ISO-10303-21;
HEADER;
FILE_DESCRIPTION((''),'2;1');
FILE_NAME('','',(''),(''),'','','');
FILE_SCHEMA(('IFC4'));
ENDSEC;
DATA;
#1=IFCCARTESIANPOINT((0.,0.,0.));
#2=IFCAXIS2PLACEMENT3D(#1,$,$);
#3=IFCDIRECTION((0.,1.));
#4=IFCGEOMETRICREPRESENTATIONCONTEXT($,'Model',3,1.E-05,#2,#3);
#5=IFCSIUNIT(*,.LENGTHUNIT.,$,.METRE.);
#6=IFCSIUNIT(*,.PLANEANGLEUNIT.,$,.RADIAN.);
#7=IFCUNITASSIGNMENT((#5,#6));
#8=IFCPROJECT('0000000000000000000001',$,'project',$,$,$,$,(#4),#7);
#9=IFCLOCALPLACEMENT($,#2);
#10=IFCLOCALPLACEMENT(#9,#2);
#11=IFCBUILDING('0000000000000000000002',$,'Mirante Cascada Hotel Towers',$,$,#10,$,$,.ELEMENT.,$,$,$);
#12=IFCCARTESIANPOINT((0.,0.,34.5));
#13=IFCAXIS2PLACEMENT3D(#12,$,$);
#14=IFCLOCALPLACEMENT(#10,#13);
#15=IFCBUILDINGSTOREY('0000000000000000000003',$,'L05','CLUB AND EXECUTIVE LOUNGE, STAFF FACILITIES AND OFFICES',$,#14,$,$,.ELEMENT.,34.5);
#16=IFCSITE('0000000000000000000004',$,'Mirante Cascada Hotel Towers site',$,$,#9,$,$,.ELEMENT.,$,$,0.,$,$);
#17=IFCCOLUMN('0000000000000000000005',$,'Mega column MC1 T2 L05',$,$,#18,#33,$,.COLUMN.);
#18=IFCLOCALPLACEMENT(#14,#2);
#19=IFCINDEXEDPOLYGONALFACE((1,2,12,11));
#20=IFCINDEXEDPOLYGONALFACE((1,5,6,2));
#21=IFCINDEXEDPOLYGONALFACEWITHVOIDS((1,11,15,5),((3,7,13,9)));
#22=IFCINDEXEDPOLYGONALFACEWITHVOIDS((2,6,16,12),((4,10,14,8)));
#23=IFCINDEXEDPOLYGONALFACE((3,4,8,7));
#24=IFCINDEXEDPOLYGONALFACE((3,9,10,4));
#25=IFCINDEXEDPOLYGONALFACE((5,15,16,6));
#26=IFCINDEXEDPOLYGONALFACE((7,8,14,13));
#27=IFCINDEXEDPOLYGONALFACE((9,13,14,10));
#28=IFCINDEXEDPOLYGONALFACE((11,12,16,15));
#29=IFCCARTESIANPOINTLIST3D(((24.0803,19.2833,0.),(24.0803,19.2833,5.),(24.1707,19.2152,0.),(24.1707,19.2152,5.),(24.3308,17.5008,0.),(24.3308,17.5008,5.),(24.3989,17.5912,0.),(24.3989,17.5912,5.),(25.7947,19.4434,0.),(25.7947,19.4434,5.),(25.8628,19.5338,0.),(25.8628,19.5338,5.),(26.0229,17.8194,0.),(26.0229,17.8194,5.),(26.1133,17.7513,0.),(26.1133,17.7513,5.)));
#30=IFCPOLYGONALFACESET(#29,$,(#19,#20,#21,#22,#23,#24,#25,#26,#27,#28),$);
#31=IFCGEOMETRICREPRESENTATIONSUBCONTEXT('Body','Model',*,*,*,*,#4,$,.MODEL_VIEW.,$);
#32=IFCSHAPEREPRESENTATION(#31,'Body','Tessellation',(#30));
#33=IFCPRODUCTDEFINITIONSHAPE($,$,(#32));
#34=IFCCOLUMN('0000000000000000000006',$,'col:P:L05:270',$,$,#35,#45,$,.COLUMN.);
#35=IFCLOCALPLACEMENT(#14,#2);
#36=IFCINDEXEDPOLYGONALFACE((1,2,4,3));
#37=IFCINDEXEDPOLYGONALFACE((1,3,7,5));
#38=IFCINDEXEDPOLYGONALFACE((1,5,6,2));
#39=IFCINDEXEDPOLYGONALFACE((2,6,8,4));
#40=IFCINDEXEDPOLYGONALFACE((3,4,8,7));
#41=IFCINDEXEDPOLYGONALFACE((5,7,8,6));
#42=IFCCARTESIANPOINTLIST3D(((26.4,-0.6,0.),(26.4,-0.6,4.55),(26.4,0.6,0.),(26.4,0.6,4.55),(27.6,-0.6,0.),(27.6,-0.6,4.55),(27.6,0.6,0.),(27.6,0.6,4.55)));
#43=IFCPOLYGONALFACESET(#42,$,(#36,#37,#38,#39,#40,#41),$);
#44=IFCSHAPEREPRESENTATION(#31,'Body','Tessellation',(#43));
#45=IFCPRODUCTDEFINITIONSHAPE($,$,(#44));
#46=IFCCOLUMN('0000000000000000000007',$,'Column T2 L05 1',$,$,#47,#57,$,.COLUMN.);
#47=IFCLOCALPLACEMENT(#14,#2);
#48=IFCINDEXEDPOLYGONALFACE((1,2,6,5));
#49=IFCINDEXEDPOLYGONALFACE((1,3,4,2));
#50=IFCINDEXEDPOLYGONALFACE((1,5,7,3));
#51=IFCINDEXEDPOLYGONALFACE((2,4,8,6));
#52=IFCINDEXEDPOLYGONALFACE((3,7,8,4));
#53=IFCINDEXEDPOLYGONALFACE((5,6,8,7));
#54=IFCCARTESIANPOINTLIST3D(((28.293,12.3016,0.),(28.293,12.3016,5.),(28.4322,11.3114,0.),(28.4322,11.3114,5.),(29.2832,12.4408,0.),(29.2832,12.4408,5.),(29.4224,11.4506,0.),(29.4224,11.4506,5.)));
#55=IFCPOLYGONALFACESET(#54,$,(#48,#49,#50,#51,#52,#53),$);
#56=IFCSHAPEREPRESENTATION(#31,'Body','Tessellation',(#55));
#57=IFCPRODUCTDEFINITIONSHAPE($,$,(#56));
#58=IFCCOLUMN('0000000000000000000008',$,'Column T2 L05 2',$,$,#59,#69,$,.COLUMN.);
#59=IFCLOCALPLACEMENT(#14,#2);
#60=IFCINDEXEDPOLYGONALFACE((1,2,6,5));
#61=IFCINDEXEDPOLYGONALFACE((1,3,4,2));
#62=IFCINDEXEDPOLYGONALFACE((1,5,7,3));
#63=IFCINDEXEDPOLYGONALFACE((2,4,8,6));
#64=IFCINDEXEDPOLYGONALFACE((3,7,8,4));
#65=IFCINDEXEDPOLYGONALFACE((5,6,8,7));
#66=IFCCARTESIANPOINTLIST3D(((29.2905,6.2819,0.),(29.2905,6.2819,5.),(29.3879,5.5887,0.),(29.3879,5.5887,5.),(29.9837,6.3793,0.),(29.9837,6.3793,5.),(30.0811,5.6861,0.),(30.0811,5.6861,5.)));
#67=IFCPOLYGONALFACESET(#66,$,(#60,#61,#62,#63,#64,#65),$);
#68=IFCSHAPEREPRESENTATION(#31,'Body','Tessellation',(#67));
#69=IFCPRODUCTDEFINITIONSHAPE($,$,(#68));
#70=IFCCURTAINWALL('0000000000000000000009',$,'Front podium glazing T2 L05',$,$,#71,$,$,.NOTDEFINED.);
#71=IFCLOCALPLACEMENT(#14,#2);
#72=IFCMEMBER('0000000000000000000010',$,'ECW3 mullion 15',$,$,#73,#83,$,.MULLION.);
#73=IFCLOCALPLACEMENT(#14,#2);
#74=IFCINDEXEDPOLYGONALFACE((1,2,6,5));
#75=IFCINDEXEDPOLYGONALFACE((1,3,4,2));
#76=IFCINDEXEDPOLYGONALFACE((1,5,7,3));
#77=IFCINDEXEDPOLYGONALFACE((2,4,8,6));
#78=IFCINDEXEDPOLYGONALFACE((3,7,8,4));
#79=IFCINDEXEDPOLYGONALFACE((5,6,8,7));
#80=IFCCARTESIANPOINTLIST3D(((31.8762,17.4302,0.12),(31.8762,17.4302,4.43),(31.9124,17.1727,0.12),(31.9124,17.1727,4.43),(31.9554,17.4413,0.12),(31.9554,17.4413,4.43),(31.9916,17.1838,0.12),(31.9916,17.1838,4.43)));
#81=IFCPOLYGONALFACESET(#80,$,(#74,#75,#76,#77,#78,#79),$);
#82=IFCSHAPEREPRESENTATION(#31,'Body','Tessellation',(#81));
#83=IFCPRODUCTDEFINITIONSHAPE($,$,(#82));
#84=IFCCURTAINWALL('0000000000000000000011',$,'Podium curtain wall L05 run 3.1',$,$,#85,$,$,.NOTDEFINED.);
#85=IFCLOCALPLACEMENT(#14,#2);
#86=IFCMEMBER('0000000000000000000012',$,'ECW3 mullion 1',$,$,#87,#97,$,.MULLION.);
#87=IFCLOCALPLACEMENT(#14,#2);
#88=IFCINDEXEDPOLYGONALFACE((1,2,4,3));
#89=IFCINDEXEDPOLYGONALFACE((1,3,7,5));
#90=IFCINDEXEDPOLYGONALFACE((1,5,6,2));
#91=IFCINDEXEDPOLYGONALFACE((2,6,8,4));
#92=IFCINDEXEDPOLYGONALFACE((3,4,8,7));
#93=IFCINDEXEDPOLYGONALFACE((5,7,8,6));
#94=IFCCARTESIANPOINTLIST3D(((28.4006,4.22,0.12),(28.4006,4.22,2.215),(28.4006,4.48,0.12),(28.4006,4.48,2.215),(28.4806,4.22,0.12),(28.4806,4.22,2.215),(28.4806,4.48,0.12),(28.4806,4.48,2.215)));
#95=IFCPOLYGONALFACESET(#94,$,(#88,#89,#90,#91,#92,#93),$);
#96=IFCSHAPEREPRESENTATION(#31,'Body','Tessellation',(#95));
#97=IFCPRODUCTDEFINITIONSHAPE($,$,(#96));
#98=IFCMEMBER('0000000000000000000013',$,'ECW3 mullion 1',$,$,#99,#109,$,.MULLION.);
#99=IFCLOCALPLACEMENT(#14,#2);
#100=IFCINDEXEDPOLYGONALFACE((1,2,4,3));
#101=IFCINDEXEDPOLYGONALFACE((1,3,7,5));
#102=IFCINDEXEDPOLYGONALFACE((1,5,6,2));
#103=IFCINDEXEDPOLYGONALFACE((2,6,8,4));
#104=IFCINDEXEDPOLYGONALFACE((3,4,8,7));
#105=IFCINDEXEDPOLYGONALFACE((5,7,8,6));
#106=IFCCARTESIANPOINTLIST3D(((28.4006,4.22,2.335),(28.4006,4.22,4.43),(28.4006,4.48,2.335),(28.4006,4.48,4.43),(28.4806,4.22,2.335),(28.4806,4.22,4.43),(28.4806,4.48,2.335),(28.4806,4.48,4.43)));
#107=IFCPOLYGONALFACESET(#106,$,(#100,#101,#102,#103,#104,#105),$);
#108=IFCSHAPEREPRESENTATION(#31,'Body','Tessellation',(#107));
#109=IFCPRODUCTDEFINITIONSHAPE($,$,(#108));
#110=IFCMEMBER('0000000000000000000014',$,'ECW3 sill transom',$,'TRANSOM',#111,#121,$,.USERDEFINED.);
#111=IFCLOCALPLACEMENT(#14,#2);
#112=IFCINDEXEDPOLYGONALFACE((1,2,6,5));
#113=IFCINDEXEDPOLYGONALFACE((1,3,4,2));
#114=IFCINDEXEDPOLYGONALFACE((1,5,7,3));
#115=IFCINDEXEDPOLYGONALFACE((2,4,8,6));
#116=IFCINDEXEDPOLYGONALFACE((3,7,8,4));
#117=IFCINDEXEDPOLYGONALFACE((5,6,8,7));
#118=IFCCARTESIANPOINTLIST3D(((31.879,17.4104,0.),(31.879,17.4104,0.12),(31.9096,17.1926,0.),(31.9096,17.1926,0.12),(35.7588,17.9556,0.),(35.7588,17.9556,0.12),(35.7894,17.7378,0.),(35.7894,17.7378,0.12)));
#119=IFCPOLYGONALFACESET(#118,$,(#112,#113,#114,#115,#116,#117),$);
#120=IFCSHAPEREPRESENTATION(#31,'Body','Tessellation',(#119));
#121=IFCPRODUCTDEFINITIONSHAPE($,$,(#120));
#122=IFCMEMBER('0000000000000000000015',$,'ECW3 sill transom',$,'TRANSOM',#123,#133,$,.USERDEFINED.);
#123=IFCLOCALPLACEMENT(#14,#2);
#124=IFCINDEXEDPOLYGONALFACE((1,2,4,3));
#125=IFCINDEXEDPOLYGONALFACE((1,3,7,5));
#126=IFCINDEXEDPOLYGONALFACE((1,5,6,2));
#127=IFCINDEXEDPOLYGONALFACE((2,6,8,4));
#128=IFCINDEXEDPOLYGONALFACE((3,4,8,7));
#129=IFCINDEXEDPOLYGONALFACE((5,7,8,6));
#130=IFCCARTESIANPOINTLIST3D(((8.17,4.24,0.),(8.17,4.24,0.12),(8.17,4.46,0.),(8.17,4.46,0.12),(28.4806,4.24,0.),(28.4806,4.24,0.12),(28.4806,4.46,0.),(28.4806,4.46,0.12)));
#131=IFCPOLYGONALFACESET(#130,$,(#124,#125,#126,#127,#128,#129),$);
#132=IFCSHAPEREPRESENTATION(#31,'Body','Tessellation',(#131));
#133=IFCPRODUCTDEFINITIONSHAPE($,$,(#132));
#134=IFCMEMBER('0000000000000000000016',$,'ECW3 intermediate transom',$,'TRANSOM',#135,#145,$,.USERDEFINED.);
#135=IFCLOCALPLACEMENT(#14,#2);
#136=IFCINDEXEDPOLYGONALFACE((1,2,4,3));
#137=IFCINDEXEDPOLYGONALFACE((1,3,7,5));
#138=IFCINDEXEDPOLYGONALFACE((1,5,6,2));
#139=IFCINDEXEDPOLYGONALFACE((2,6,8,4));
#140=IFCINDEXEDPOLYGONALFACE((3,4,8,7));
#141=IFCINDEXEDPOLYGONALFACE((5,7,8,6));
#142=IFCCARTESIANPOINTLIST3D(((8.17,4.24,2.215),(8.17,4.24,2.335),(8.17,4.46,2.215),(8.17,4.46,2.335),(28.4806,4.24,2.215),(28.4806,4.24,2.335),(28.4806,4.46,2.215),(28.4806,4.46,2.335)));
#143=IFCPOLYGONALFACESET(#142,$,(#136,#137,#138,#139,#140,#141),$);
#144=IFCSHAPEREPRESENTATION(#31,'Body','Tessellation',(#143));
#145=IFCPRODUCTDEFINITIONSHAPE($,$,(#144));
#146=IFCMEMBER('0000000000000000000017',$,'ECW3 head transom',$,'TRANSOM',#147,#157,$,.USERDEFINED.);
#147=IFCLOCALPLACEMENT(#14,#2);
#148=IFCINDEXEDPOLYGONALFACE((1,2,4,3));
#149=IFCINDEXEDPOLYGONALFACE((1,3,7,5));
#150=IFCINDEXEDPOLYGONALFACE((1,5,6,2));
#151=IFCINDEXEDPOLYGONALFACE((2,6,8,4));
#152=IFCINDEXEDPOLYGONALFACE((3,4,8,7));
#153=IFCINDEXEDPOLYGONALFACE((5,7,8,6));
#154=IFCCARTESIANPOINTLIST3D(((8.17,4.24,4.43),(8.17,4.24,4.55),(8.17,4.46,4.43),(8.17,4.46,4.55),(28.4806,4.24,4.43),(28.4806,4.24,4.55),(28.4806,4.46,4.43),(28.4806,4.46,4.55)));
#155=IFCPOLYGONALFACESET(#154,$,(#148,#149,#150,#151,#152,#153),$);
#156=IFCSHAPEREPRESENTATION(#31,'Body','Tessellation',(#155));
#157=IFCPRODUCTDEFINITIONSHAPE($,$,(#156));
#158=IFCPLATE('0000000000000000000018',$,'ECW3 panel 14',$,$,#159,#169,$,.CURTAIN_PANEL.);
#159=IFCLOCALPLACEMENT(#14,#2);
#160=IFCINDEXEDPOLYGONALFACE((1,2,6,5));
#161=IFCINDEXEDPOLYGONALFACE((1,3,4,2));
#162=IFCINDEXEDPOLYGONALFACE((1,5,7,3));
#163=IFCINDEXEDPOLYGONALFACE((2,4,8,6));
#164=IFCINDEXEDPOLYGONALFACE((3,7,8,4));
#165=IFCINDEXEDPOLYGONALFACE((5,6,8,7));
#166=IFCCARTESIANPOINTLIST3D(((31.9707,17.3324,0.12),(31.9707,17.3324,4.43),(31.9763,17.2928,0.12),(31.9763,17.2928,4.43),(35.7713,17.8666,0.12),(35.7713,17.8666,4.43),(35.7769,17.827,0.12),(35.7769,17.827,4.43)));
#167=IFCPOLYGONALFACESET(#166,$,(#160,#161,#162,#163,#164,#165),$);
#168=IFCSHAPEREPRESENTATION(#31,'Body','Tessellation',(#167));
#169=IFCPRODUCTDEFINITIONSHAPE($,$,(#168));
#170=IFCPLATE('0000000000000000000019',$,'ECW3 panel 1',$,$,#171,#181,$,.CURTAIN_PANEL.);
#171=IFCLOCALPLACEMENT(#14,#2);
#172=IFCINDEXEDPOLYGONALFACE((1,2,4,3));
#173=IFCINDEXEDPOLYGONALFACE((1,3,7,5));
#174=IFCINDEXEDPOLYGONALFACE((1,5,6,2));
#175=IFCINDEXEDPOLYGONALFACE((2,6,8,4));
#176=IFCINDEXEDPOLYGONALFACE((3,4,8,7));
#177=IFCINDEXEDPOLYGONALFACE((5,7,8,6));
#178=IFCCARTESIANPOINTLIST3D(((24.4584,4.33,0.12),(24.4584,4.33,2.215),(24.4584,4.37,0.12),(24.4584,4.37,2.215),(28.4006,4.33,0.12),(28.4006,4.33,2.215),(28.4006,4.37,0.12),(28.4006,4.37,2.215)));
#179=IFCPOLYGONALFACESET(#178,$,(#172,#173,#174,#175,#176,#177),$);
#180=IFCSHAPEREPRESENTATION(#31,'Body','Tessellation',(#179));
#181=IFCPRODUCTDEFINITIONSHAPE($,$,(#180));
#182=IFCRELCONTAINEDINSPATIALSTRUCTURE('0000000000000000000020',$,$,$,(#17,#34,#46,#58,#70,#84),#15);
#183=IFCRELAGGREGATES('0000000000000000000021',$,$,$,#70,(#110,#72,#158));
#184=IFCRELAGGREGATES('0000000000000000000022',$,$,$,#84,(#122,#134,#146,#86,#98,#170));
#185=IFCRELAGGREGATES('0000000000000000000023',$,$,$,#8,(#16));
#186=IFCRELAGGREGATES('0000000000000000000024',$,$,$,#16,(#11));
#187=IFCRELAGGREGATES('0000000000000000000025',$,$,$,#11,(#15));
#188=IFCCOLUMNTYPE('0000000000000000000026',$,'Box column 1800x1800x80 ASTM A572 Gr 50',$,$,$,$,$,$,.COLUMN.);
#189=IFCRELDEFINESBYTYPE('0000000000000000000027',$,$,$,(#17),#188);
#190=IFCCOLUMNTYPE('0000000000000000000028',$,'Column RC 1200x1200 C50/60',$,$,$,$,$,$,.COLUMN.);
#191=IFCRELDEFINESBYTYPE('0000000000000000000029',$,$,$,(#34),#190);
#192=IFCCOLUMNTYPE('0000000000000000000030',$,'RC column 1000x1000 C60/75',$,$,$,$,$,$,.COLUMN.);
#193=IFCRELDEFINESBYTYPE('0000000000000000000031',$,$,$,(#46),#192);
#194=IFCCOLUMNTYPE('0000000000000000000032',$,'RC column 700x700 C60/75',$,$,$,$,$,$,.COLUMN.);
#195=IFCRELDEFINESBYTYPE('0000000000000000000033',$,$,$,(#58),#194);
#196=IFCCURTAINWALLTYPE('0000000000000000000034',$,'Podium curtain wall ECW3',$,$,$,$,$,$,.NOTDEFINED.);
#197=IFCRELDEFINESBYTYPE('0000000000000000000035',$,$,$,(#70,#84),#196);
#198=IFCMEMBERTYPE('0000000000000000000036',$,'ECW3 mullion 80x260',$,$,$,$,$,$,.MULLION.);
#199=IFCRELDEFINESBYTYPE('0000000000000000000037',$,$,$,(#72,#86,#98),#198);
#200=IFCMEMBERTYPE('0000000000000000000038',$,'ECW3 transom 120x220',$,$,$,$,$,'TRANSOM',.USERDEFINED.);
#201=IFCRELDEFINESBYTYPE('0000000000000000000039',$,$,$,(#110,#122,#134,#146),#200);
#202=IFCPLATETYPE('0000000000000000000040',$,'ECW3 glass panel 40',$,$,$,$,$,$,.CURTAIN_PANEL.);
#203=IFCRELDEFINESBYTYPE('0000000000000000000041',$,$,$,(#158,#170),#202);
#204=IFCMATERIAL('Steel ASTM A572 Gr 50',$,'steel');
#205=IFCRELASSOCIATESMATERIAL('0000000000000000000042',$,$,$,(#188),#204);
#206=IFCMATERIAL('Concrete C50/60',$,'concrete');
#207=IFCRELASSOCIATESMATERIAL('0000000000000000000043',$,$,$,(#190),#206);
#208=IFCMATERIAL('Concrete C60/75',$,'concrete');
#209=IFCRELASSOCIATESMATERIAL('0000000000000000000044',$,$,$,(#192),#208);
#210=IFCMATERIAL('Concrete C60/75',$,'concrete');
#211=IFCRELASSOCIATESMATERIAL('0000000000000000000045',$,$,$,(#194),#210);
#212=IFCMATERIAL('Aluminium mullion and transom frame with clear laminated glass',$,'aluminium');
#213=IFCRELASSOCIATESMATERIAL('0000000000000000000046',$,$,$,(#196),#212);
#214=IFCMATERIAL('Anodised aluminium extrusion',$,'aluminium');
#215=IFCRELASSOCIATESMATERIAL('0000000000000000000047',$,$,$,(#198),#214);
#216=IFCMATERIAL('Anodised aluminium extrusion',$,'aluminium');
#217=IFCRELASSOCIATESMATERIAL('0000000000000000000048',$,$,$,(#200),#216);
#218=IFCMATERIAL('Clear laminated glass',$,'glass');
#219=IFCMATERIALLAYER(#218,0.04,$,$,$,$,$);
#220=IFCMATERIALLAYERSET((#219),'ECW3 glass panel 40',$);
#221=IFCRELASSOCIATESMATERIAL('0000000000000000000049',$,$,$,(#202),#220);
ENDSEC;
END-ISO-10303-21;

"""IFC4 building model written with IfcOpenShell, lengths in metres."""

from ifc_helpers import new_model, si_unit, direction, frame, origin, origin_2d, place, context, subcontext, project, spatial, rectangle, hollow_rectangle, extrude, material, layer, layer_set, material_profile, profile_set, type_object, element, aggregate, save


model = new_model("IFC4")

# Units and contexts
model_context = context("Model", 3, precision=1e-05, world=origin(), true_north=direction((0.0, 1.0)))
body_context = subcontext(model_context, "Body", "Model", "MODEL_VIEW")
ifc_project = project(units=[si_unit("LENGTHUNIT", "METRE"), si_unit("PLANEANGLEUNIT", "RADIAN")], contexts=[model_context])

# Site, building, storey
site_placement = place(None, origin())
site = spatial("IfcSite", under=ifc_project, at=site_placement, Name="Mirante Cascada Hotel Towers site", CompositionType="ELEMENT", RefElevation=0.0)
building_placement = place(site_placement, origin())
building = spatial("IfcBuilding", under=site, at=building_placement, Name="Mirante Cascada Hotel Towers", CompositionType="ELEMENT")
storey_placement = place(building_placement, frame((0.0, 0.0, 34.5)))
storey = spatial("IfcBuildingStorey", under=building, at=storey_placement, Name="L05", Description="CLUB AND EXECUTIVE LOUNGE, STAFF FACILITIES AND OFFICES", CompositionType="ELEMENT", Elevation=34.5)

# Columns
ifc_material_1 = material(Name="Steel ASTM A572 Gr 50", Category="steel")
ifc_material_profile_1 = material_profile(ifc_material_1, hollow_rectangle(XDim=1.8, YDim=1.8, WallThickness=0.08, at=origin_2d()), Name="Box column 1800x1800x80 ASTM A572 Gr 50")
ifc_profile_set_1 = profile_set([ifc_material_profile_1], Name="Steel ASTM A572 Gr 50")
column_type_1 = type_object("IfcColumnType", Name="Box column 1800x1800x80 ASTM A572 Gr 50", PredefinedType="COLUMN", material=ifc_profile_set_1)
column_1_placement = place(storey_placement, frame((25.0968, 18.5173, 0.0), z_axis=(0.0, 0.0, 1.0), x_axis=(0.990268, 0.139173, 0.0)))
element("IfcColumn", 1, at=column_1_placement, inside=storey, type_object=column_type_1, Name="Mega column MC1 T2 L05", PredefinedType="COLUMN", context=body_context, shape_type="SweptSolid", body=[
    extrude(hollow_rectangle(XDim=1.8, YDim=1.8, WallThickness=0.08, at=origin_2d()), origin(), (0.0, 0.0, 1.0), 5.0),
])
ifc_material_2 = material(Name="Concrete C50/60", Category="concrete")
ifc_material_profile_2 = material_profile(ifc_material_2, rectangle(XDim=1.2, YDim=1.2, at=origin_2d()), Name="RC 1200x1200")
ifc_profile_set_2 = profile_set([ifc_material_profile_2], Name="Concrete C50/60")
column_type_2 = type_object("IfcColumnType", Name="Column RC 1200x1200 C50/60", PredefinedType="COLUMN", material=ifc_profile_set_2)
column_2_placement = place(storey_placement, frame((27.0, 0.0, 0.0), z_axis=(0.0, 0.0, 1.0), x_axis=(1.0, 0.0, 0.0)))
element("IfcColumn", 2, at=column_2_placement, inside=storey, type_object=column_type_2, Name="col:P:L05:270", PredefinedType="COLUMN", context=body_context, shape_type="SweptSolid", body=[
    extrude(rectangle(XDim=1.2, YDim=1.2, at=origin_2d()), origin(), (0.0, 0.0, 1.0), 4.55),
])
ifc_material_3 = material(Name="Concrete C60/75", Category="concrete")
ifc_material_profile_3 = material_profile(ifc_material_3, rectangle(XDim=1.0, YDim=1.0, at=origin_2d()), Name="RC column 1000x1000 C60/75")
ifc_profile_set_3 = profile_set([ifc_material_profile_3], Name="Concrete C60/75")
column_type_3 = type_object("IfcColumnType", Name="RC column 1000x1000 C60/75", PredefinedType="COLUMN", material=ifc_profile_set_3)
column_3_placement = place(storey_placement, frame((28.8577, 11.8761, 0.0), z_axis=(0.0, 0.0, 1.0), x_axis=(0.990268, 0.139173, 0.0)))
element("IfcColumn", 3, at=column_3_placement, inside=storey, type_object=column_type_3, Name="Column T2 L05 1", PredefinedType="COLUMN", context=body_context, shape_type="SweptSolid", body=[
    extrude(rectangle(XDim=1.0, YDim=1.0, at=origin_2d()), origin(), (0.0, 0.0, 1.0), 5.0),
])
ifc_material_4 = material(Name="Concrete C60/75", Category="concrete")
ifc_material_profile_4 = material_profile(ifc_material_4, rectangle(XDim=0.7, YDim=0.7, at=origin_2d()), Name="RC column 700x700 C60/75")
ifc_profile_set_4 = profile_set([ifc_material_profile_4], Name="Concrete C60/75")
column_type_4 = type_object("IfcColumnType", Name="RC column 700x700 C60/75", PredefinedType="COLUMN", material=ifc_profile_set_4)
column_4_placement = place(storey_placement, frame((29.6858, 5.984, 0.0), z_axis=(0.0, 0.0, 1.0), x_axis=(0.990268, 0.139173, 0.0)))
element("IfcColumn", 4, at=column_4_placement, inside=storey, type_object=column_type_4, Name="Column T2 L05 2", PredefinedType="COLUMN", context=body_context, shape_type="SweptSolid", body=[
    extrude(rectangle(XDim=0.7, YDim=0.7, at=origin_2d()), origin(), (0.0, 0.0, 1.0), 5.0),
])

# Curtain wall, member
ifc_material_5 = material(Name="Aluminium mullion and transom frame with clear laminated glass", Category="aluminium")
curtain_wall_type = type_object("IfcCurtainWallType", Name="Podium curtain wall ECW3", PredefinedType="NOTDEFINED", material=ifc_material_5)
curtain_wall_1_placement = place(storey_placement, origin())
curtain_wall_1 = element("IfcCurtainWall", 5, at=curtain_wall_1_placement, inside=storey, type_object=curtain_wall_type, Name="Front podium glazing T2 L05", PredefinedType="NOTDEFINED")
ifc_material_6 = material(Name="Anodised aluminium extrusion", Category="aluminium")
ifc_material_profile_5 = material_profile(ifc_material_6, rectangle(XDim=0.26, YDim=0.08, at=origin_2d()), Name="ECW3 MULLION 80x260")
ifc_profile_set_5 = profile_set([ifc_material_profile_5], Name="Anodised aluminium extrusion")
member_type_1 = type_object("IfcMemberType", Name="ECW3 mullion 80x260", PredefinedType="MULLION", material=ifc_profile_set_5)
member_1_placement = place(storey_placement, frame((31.9339, 17.307, 0.12), z_axis=(0.0, 0.0, 1.0), x_axis=(0.139173, -0.990268, 0.0)))
member_1 = element("IfcMember", 6, at=member_1_placement, type_object=member_type_1, Name="ECW3 mullion 15", PredefinedType="MULLION", context=body_context, shape_type="SweptSolid", body=[
    extrude(rectangle(XDim=0.26, YDim=0.08, at=origin_2d()), origin(), (0.0, 0.0, 1.0), 4.31),
])

# Curtain wall, members
curtain_wall_2_placement = place(storey_placement, origin())
curtain_wall_2 = element("IfcCurtainWall", 7, at=curtain_wall_2_placement, inside=storey, type_object=curtain_wall_type, Name="Podium curtain wall L05 run 3.1", PredefinedType="NOTDEFINED")
member_2_placement = place(storey_placement, frame((28.4406, 4.35, 0.12), z_axis=(0.0, 0.0, 1.0), x_axis=(0.0, -1.0, 0.0)))
member_2 = element("IfcMember", 8, at=member_2_placement, type_object=member_type_1, Name="ECW3 mullion 1", PredefinedType="MULLION", context=body_context, shape_type="SweptSolid", body=[
    extrude(rectangle(XDim=0.26, YDim=0.08, at=origin_2d()), origin(), (0.0, 0.0, 1.0), 2.095),
])
member_3_placement = place(storey_placement, frame((28.4406, 4.35, 2.335), z_axis=(0.0, 0.0, 1.0), x_axis=(0.0, -1.0, 0.0)))
member_3 = element("IfcMember", 9, at=member_3_placement, type_object=member_type_1, Name="ECW3 mullion 1", PredefinedType="MULLION", context=body_context, shape_type="SweptSolid", body=[
    extrude(rectangle(XDim=0.26, YDim=0.08, at=origin_2d()), origin(), (0.0, 0.0, 1.0), 2.095),
])

# Members
ifc_material_7 = material(Name="Anodised aluminium extrusion", Category="aluminium")
ifc_material_profile_6 = material_profile(ifc_material_7, rectangle(XDim=0.22, YDim=0.12, at=origin_2d()), Name="ECW3 TRANSOM 120x220")
ifc_profile_set_6 = profile_set([ifc_material_profile_6], Name="Anodised aluminium extrusion")
member_type_2 = type_object("IfcMemberType", Name="ECW3 transom 120x220", ElementType="TRANSOM", PredefinedType="USERDEFINED", material=ifc_profile_set_6)
member_4_placement = place(storey_placement, frame((35.7741, 17.8467, 0.06), z_axis=(-0.990271, -0.139155, 0.0), x_axis=(0.139155, -0.990271, 0.0)))
member_4 = element("IfcMember", 10, at=member_4_placement, type_object=member_type_2, Name="ECW3 sill transom", ObjectType="TRANSOM", PredefinedType="USERDEFINED", context=body_context, shape_type="SweptSolid", body=[
    extrude(rectangle(XDim=0.22, YDim=0.12, at=origin_2d()), origin(), (0.0, 0.0, 1.0), 3.9179),
])
member_5_placement = place(storey_placement, frame((28.4806, 4.35, 0.06), z_axis=(-1.0, 0.0, 0.0), x_axis=(0.0, -1.0, 0.0)))
member_5 = element("IfcMember", 11, at=member_5_placement, type_object=member_type_2, Name="ECW3 sill transom", ObjectType="TRANSOM", PredefinedType="USERDEFINED", context=body_context, shape_type="SweptSolid", body=[
    extrude(rectangle(XDim=0.22, YDim=0.12, at=origin_2d()), origin(), (0.0, 0.0, 1.0), 20.3106),
])
member_6_placement = place(storey_placement, frame((28.4806, 4.35, 2.275), z_axis=(-1.0, 0.0, 0.0), x_axis=(0.0, -1.0, 0.0)))
member_6 = element("IfcMember", 12, at=member_6_placement, type_object=member_type_2, Name="ECW3 intermediate transom", ObjectType="TRANSOM", PredefinedType="USERDEFINED", context=body_context, shape_type="SweptSolid", body=[
    extrude(rectangle(XDim=0.22, YDim=0.12, at=origin_2d()), origin(), (0.0, 0.0, 1.0), 20.3106),
])
member_7_placement = place(storey_placement, frame((28.4806, 4.35, 4.49), z_axis=(-1.0, 0.0, 0.0), x_axis=(0.0, -1.0, 0.0)))
member_7 = element("IfcMember", 13, at=member_7_placement, type_object=member_type_2, Name="ECW3 head transom", ObjectType="TRANSOM", PredefinedType="USERDEFINED", context=body_context, shape_type="SweptSolid", body=[
    extrude(rectangle(XDim=0.22, YDim=0.12, at=origin_2d()), origin(), (0.0, 0.0, 1.0), 20.3106),
])

# Plates
ifc_material_8 = material(Name="Clear laminated glass", Category="glass")
ifc_layer_1 = layer(ifc_material_8, 0.04)
ifc_layer_set_1 = layer_set([ifc_layer_1], Name="ECW3 glass panel 40")
plate_type = type_object("IfcPlateType", Name="ECW3 glass panel 40", PredefinedType="CURTAIN_PANEL", material=ifc_layer_set_1)
plate_1_placement = place(storey_placement, frame((33.8738, 17.5797, 0.12), z_axis=(0.0, 0.0, 1.0), x_axis=(-0.990268, -0.139173, 0.0)))
plate_1 = element("IfcPlate", 14, at=plate_1_placement, type_object=plate_type, Name="ECW3 panel 14", PredefinedType="CURTAIN_PANEL", context=body_context, shape_type="SweptSolid", body=[
    extrude(rectangle(XDim=3.8379, YDim=0.04, at=origin_2d()), origin(), (0.0, 0.0, 1.0), 4.31),
])
aggregate(curtain_wall_1, [member_4, member_1, plate_1])
plate_2_placement = place(storey_placement, frame((26.4295, 4.35, 0.12), z_axis=(0.0, 0.0, 1.0), x_axis=(-1.0, 0.0, 0.0)))
plate_2 = element("IfcPlate", 15, at=plate_2_placement, type_object=plate_type, Name="ECW3 panel 1", PredefinedType="CURTAIN_PANEL", context=body_context, shape_type="SweptSolid", body=[
    extrude(rectangle(XDim=3.9421, YDim=0.04, at=origin_2d()), origin(), (0.0, 0.0, 1.0), 2.095),
])
aggregate(curtain_wall_2, [member_5, member_6, member_7, member_2, member_3, plate_2])

save(model, "model.ifc")
